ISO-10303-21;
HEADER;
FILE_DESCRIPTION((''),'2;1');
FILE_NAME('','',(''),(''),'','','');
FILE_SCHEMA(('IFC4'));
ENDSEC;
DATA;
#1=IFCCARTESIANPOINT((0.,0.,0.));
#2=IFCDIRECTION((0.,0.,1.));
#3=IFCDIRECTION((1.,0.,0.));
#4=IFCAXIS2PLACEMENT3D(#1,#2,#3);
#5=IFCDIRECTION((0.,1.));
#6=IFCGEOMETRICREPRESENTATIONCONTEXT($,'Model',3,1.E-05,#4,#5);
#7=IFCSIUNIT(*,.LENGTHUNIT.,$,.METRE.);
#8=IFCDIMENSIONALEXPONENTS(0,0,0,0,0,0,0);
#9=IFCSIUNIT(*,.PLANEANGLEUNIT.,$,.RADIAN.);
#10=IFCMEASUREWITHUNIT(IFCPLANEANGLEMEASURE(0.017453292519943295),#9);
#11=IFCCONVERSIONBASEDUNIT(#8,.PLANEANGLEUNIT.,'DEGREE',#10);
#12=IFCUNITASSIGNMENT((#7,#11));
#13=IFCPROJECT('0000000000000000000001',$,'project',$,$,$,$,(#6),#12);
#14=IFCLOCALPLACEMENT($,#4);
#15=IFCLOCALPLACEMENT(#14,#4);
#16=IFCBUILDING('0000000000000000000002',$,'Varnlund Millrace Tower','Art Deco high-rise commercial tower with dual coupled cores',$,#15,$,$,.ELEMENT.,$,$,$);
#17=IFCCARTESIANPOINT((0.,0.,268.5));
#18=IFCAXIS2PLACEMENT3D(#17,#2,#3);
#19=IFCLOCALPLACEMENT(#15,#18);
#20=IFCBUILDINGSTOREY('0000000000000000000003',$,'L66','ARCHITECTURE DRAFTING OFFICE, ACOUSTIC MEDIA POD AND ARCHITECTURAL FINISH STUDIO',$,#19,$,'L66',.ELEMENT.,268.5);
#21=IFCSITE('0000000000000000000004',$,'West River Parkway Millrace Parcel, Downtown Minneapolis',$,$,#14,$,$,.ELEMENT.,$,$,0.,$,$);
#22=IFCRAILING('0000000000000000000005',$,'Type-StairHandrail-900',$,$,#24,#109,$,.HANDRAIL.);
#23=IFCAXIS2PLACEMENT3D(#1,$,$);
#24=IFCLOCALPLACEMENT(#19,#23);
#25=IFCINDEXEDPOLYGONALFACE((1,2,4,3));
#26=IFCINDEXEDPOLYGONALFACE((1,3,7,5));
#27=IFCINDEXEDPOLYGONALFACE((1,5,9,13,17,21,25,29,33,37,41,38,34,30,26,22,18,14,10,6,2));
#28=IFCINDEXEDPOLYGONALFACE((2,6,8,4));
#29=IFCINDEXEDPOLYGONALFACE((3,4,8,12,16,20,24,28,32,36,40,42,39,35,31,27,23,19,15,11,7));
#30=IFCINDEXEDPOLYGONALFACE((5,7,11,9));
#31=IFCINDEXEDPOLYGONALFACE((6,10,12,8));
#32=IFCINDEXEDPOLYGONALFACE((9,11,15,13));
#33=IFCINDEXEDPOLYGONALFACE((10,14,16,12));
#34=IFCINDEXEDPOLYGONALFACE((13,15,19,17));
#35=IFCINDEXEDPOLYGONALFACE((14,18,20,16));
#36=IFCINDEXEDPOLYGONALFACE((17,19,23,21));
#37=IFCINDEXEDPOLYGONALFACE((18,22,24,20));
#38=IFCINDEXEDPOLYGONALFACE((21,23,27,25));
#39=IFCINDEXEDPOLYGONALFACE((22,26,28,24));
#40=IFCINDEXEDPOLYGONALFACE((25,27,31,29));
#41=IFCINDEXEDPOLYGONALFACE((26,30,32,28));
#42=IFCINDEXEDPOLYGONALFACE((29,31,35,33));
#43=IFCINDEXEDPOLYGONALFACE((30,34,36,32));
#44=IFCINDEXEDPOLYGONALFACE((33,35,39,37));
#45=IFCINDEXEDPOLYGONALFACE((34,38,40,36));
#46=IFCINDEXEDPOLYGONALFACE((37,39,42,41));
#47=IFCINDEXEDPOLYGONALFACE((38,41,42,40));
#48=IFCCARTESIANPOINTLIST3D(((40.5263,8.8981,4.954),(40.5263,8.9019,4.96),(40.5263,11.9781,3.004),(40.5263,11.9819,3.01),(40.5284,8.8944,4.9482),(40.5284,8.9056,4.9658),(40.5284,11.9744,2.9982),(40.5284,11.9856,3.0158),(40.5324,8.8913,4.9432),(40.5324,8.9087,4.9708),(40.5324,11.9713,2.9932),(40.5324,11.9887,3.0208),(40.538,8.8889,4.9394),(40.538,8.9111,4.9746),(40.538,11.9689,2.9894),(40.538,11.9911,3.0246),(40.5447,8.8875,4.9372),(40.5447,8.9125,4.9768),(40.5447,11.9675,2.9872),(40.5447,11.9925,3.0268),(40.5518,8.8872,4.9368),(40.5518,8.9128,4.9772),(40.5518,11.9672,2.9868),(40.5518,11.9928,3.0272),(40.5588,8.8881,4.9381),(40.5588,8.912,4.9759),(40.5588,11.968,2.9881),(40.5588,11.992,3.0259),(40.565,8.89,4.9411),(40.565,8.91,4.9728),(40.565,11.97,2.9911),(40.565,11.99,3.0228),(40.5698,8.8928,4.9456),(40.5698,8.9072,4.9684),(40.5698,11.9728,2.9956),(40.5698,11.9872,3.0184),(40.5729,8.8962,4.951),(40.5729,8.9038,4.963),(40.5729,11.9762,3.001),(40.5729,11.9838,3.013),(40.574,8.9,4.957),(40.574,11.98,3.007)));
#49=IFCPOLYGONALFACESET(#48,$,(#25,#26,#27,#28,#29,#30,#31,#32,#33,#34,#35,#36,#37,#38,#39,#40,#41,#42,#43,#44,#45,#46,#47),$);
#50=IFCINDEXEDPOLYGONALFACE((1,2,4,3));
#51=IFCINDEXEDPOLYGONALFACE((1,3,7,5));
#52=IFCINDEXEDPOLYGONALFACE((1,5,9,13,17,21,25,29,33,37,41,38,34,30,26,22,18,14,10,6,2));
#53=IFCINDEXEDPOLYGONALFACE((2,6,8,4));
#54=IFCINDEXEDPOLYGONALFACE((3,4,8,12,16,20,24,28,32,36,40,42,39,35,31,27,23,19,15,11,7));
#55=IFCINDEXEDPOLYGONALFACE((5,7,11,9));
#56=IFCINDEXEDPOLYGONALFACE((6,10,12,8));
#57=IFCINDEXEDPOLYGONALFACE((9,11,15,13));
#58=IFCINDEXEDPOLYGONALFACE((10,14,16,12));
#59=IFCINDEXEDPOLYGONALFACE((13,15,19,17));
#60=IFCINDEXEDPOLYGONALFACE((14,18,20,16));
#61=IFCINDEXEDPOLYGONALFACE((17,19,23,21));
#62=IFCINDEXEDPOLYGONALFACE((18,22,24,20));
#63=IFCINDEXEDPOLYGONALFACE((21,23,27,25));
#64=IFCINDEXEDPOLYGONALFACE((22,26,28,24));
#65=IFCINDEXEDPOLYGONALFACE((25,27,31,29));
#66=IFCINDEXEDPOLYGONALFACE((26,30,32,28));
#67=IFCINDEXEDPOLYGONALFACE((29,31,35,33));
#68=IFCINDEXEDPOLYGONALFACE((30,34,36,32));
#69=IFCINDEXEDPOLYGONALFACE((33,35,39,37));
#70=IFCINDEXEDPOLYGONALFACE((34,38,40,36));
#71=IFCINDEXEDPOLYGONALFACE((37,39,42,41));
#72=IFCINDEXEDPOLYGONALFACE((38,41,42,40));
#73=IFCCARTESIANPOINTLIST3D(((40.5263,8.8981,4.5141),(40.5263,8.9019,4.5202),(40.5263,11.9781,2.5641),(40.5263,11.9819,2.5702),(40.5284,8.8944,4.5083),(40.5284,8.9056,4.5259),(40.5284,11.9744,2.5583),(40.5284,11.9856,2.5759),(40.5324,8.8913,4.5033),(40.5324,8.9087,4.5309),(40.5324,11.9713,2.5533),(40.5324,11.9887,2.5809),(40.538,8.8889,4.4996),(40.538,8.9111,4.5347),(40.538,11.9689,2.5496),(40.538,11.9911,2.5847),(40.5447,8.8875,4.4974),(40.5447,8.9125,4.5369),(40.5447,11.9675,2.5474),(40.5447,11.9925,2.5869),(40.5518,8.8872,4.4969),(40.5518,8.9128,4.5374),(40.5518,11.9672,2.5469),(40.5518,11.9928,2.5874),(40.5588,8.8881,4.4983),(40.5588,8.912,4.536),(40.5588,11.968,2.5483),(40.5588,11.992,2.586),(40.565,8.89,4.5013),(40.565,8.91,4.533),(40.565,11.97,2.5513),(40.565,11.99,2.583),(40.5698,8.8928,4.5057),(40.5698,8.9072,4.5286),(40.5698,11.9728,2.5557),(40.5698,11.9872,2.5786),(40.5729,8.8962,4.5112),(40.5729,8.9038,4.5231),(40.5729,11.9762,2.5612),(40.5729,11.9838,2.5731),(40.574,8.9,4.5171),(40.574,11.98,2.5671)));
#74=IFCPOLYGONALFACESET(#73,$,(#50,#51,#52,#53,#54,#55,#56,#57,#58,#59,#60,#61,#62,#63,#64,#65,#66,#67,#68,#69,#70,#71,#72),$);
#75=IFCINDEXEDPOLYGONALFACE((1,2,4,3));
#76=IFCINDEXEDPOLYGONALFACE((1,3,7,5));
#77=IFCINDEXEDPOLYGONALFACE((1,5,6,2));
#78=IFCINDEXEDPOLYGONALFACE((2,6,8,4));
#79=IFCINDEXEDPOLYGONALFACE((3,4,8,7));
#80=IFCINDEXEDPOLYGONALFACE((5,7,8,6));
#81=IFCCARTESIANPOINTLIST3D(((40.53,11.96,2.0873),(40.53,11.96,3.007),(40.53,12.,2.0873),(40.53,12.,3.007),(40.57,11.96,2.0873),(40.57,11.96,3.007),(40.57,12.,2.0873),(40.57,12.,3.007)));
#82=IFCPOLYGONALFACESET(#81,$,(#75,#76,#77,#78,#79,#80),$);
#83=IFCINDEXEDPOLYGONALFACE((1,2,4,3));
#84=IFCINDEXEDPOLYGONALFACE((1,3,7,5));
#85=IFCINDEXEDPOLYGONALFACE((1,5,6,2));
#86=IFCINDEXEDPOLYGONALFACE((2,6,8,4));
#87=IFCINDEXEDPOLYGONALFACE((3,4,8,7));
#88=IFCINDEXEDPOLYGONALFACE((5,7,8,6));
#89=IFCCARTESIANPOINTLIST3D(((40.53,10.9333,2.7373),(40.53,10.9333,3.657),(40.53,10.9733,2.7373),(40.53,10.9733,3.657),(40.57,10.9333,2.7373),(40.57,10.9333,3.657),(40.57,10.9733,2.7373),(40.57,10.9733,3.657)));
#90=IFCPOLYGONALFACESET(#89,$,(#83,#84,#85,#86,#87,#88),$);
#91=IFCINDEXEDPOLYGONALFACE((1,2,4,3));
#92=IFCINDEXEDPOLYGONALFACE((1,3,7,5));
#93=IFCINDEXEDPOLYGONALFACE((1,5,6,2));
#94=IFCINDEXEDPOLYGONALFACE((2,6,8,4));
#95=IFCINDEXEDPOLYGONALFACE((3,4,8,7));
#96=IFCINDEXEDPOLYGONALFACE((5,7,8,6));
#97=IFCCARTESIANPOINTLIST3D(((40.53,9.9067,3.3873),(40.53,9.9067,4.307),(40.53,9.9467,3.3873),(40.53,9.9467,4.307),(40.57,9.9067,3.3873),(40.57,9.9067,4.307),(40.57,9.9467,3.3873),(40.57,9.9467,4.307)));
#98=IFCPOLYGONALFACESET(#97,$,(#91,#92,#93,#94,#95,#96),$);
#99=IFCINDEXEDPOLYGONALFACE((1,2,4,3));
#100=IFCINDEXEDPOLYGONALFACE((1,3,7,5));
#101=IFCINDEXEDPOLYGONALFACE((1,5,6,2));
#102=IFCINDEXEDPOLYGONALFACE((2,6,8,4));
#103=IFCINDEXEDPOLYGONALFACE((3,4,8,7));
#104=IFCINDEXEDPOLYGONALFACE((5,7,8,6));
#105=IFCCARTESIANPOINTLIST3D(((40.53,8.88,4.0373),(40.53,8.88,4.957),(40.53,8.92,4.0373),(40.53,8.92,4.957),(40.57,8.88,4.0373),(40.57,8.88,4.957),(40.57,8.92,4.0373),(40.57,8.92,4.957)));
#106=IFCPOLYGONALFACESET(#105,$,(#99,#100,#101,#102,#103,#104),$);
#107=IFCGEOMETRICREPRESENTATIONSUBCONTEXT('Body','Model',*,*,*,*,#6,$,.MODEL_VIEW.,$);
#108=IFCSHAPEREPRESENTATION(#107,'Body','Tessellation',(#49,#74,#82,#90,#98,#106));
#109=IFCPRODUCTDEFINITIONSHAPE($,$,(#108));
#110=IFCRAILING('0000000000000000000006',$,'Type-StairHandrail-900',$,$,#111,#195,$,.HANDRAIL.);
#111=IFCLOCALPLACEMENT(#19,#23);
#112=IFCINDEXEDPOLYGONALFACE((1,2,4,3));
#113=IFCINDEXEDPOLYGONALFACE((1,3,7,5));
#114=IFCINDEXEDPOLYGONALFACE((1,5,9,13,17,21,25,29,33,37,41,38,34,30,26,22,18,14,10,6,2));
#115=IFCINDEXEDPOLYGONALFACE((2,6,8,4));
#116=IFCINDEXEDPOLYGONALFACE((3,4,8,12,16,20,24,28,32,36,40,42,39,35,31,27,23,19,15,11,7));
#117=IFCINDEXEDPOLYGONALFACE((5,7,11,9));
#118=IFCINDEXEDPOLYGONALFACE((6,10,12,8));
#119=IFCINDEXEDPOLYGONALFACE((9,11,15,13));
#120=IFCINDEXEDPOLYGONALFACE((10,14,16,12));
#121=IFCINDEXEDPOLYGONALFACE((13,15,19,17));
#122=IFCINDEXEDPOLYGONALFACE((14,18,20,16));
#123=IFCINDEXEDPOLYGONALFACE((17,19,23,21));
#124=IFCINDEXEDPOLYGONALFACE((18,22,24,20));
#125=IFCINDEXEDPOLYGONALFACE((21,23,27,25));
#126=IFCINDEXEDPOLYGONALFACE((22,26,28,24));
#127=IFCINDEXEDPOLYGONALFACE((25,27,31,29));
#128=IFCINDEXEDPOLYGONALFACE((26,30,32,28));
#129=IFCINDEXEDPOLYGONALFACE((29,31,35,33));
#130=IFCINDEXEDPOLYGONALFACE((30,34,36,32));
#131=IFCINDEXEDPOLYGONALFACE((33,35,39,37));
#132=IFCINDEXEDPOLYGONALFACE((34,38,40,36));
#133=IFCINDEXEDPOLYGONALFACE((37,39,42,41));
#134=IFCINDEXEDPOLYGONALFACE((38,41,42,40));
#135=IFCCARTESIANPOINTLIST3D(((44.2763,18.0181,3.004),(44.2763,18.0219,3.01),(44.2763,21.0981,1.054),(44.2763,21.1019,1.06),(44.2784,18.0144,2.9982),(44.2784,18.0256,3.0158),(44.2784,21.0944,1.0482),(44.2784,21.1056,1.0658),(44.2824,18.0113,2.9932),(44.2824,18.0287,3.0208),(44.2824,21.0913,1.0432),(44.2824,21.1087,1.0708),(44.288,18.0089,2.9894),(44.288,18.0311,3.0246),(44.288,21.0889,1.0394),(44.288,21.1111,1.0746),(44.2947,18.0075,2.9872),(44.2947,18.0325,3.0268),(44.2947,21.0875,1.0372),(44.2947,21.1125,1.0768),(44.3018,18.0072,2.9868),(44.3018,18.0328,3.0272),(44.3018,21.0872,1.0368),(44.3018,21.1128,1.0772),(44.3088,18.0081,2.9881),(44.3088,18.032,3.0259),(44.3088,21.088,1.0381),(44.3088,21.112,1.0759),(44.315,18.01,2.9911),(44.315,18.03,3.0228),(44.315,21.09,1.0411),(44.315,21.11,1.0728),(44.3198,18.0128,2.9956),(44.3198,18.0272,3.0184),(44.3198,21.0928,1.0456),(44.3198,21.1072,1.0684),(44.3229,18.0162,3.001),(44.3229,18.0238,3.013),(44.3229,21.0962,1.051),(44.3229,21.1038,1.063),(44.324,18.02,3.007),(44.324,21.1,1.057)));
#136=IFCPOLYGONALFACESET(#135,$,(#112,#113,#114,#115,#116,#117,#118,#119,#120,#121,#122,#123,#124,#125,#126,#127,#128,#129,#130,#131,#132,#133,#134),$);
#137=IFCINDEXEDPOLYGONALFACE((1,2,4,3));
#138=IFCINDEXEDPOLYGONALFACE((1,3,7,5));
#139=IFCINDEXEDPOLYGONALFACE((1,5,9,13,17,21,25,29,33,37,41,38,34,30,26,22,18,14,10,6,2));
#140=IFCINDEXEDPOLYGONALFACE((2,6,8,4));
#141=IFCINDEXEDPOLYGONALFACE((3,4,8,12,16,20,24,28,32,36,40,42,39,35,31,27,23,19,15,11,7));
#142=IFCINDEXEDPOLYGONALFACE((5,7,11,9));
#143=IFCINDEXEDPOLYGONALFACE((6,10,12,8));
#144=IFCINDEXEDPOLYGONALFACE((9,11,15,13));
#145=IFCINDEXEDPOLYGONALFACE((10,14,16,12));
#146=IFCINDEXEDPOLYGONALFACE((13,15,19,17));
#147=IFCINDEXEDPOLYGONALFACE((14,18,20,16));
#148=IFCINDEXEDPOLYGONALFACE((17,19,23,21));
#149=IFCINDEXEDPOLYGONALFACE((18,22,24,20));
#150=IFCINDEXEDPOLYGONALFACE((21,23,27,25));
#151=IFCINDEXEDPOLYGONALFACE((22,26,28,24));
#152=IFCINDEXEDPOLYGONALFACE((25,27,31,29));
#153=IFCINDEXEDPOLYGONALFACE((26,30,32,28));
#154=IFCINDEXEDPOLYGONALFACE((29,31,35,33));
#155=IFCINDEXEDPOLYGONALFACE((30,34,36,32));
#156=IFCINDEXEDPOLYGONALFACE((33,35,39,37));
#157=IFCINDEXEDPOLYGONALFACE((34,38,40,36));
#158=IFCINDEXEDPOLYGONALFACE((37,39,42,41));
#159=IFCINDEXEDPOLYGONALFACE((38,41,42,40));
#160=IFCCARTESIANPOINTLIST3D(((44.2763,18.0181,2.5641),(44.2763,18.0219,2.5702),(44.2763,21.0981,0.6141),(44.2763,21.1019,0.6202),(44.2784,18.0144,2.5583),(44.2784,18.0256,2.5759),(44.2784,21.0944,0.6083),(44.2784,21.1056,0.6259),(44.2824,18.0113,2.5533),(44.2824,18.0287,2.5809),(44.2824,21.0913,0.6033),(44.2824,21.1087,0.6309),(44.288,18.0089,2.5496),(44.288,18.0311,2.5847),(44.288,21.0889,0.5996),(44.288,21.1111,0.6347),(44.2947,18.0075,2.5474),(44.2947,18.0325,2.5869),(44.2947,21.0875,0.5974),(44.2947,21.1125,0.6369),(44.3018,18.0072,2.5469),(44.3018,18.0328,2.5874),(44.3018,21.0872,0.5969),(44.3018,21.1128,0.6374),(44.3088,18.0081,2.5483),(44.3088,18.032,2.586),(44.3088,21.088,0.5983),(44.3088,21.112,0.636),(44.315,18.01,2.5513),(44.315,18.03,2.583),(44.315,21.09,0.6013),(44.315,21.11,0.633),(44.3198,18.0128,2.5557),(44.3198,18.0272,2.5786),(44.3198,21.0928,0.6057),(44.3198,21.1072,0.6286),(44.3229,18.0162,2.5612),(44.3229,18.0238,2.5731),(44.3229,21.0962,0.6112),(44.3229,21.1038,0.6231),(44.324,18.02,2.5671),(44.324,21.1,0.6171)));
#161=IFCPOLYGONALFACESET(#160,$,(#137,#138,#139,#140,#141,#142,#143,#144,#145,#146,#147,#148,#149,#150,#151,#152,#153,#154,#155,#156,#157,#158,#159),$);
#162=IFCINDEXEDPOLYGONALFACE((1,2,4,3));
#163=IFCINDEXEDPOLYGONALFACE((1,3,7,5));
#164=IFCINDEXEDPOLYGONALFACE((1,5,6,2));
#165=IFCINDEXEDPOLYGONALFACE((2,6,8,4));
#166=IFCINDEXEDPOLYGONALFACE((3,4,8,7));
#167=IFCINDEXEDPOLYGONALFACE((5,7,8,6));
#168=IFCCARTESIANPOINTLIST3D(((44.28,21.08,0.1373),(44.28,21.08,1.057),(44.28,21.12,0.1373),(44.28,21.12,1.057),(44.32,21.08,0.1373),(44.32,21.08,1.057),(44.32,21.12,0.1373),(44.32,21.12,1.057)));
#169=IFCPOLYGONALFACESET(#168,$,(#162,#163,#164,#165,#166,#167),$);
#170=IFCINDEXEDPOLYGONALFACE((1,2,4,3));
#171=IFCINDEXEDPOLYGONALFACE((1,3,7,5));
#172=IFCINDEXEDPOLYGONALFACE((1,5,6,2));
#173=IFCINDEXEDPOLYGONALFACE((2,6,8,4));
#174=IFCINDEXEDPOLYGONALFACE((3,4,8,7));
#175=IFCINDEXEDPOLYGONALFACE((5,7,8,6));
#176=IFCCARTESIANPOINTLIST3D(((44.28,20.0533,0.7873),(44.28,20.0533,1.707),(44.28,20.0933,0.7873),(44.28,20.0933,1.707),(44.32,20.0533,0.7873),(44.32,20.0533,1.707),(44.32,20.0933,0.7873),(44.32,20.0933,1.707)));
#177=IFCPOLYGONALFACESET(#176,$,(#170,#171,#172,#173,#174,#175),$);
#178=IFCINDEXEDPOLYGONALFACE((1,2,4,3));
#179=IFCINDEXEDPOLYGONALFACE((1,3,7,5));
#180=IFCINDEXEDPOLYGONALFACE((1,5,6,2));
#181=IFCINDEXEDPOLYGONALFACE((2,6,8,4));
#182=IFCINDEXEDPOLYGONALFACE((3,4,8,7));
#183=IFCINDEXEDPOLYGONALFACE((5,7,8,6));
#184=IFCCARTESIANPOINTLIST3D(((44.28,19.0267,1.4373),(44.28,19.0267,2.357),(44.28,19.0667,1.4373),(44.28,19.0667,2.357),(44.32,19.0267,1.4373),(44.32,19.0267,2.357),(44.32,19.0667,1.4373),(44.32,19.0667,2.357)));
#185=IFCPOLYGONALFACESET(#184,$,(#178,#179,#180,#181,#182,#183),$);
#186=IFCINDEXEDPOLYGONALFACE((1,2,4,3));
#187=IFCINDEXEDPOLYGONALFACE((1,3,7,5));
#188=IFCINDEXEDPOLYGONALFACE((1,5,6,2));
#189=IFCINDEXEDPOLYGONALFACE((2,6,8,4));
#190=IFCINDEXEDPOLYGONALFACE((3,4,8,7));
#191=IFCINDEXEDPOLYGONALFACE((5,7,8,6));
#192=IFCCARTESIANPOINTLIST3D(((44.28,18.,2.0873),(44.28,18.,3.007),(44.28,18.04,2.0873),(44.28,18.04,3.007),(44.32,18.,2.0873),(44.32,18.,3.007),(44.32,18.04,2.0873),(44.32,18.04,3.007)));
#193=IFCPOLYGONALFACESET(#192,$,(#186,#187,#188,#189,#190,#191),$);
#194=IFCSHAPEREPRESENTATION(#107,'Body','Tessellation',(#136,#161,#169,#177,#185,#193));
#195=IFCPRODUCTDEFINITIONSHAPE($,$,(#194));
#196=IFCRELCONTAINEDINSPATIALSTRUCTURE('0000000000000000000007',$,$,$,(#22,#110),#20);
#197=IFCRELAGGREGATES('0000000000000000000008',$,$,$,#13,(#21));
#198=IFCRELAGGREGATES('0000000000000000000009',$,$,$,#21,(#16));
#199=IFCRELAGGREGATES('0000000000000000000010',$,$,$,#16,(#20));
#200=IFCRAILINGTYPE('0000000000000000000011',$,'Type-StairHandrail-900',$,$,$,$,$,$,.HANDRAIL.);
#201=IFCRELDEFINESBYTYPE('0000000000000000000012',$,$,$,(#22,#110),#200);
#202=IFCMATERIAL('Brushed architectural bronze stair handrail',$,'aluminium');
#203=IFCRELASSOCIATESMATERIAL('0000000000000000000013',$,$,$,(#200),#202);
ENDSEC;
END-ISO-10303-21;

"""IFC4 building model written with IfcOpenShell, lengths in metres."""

from ifc_helpers import new_model, entity, si_unit, converted_unit, direction, frame, origin_with_axes, origin_2d_with_axis, place, context, subcontext, project, spatial, rectangle, circle, extrude, material, type_object, element, save


model = new_model("IFC4")

# Units and contexts
model_context = context("Model", 3, precision=1e-05, world=origin_with_axes(), true_north=direction((0.0, 1.0)))
body_context = subcontext(model_context, "Body", "Model", "MODEL_VIEW")
ifc_project = project(units=[si_unit("LENGTHUNIT", "METRE"), converted_unit("PLANEANGLEUNIT", "DEGREE", entity("IfcPlaneAngleMeasure", 0.017453292519943295), si_unit("PLANEANGLEUNIT", "RADIAN"), dimensions=[0, 0, 0, 0, 0, 0, 0])], contexts=[model_context])

# Site, building, storey
site_placement = place(None, origin_with_axes())
site = spatial("IfcSite", under=ifc_project, at=site_placement, Name="West River Parkway Millrace Parcel, Downtown Minneapolis", CompositionType="ELEMENT", RefElevation=0.0)
building_placement = place(site_placement, origin_with_axes())
building = spatial("IfcBuilding", under=site, at=building_placement, Name="Varnlund Millrace Tower", Description="Art Deco high-rise commercial tower with dual coupled cores", CompositionType="ELEMENT")
storey_placement = place(building_placement, frame((0.0, 0.0, 268.5), z_axis=(0.0, 0.0, 1.0), x_axis=(1.0, 0.0, 0.0)))
storey = spatial("IfcBuildingStorey", under=building, at=storey_placement, Name="L66", Description="ARCHITECTURE DRAFTING OFFICE, ACOUSTIC MEDIA POD AND ARCHITECTURAL FINISH STUDIO", LongName="L66", CompositionType="ELEMENT", Elevation=268.5)

# Railings
ifc_material_1 = material(Name="Brushed architectural bronze stair handrail", Category="aluminium")
railing_type_1 = type_object("IfcRailingType", Name="Type-StairHandrail-900", PredefinedType="HANDRAIL", material=ifc_material_1)
railing_1_placement = place(storey_placement, frame((0.0, 0.0, -268.5), z_axis=(0.0, 0.0, 1.0), x_axis=(1.0, 0.0, 0.0)))
element("IfcRailing", 1, at=railing_1_placement, inside=storey, type_object=railing_type_1, Name="Type-StairHandrail-900", PredefinedType="HANDRAIL", context=body_context, shape_type="SweptSolid", body=[
    extrude(circle(Radius=0.024, at=origin_2d_with_axis()), frame((40.55, 11.98, 271.507), z_axis=(0.0, -0.844902, 0.534922), x_axis=(1.0, 0.0, 0.0)), (0.0, 0.0, 1.0), 3.6454),
    extrude(circle(Radius=0.024, at=origin_2d_with_axis()), frame((40.55, 11.98, 271.0671), z_axis=(0.0, -0.844902, 0.534922), x_axis=(1.0, 0.0, 0.0)), (0.0, 0.0, 1.0), 3.6454),
    extrude(rectangle(XDim=0.04, YDim=0.04, at=origin_2d_with_axis()), frame((40.55, 11.98, 270.5873), z_axis=(0.0, 0.0, 1.0), x_axis=(1.0, 0.0, 0.0)), (0.0, 0.0, 1.0), 0.9197),
    extrude(rectangle(XDim=0.04, YDim=0.04, at=origin_2d_with_axis()), frame((40.55, 10.9533, 271.2373), z_axis=(0.0, 0.0, 1.0), x_axis=(1.0, 0.0, 0.0)), (0.0, 0.0, 1.0), 0.9197),
    extrude(rectangle(XDim=0.04, YDim=0.04, at=origin_2d_with_axis()), frame((40.55, 9.9267, 271.8873), z_axis=(0.0, 0.0, 1.0), x_axis=(1.0, 0.0, 0.0)), (0.0, 0.0, 1.0), 0.9197),
    extrude(rectangle(XDim=0.04, YDim=0.04, at=origin_2d_with_axis()), frame((40.55, 8.9, 272.5373), z_axis=(0.0, 0.0, 1.0), x_axis=(1.0, 0.0, 0.0)), (0.0, 0.0, 1.0), 0.9197),
])
railing_2_placement = place(storey_placement, frame((0.0, 0.0, -268.5), z_axis=(0.0, 0.0, 1.0), x_axis=(1.0, 0.0, 0.0)))
element("IfcRailing", 2, at=railing_2_placement, inside=storey, type_object=railing_type_1, Name="Type-StairHandrail-900", PredefinedType="HANDRAIL", context=body_context, shape_type="SweptSolid", body=[
    extrude(circle(Radius=0.024, at=origin_2d_with_axis()), frame((44.3, 21.1, 269.557), z_axis=(0.0, -0.844902, 0.534922), x_axis=(1.0, 0.0, 0.0)), (0.0, 0.0, 1.0), 3.6454),
    extrude(circle(Radius=0.024, at=origin_2d_with_axis()), frame((44.3, 21.1, 269.1171), z_axis=(0.0, -0.844902, 0.534922), x_axis=(1.0, 0.0, 0.0)), (0.0, 0.0, 1.0), 3.6454),
    extrude(rectangle(XDim=0.04, YDim=0.04, at=origin_2d_with_axis()), frame((44.3, 21.1, 268.6373), z_axis=(0.0, 0.0, 1.0), x_axis=(1.0, 0.0, 0.0)), (0.0, 0.0, 1.0), 0.9197),
    extrude(rectangle(XDim=0.04, YDim=0.04, at=origin_2d_with_axis()), frame((44.3, 20.0733, 269.2873), z_axis=(0.0, 0.0, 1.0), x_axis=(1.0, 0.0, 0.0)), (0.0, 0.0, 1.0), 0.9197),
    extrude(rectangle(XDim=0.04, YDim=0.04, at=origin_2d_with_axis()), frame((44.3, 19.0467, 269.9373), z_axis=(0.0, 0.0, 1.0), x_axis=(1.0, 0.0, 0.0)), (0.0, 0.0, 1.0), 0.9197),
    extrude(rectangle(XDim=0.04, YDim=0.04, at=origin_2d_with_axis()), frame((44.3, 18.02, 270.5873), z_axis=(0.0, 0.0, 1.0), x_axis=(1.0, 0.0, 0.0)), (0.0, 0.0, 1.0), 0.9197),
])

save(model, "model.ifc")
